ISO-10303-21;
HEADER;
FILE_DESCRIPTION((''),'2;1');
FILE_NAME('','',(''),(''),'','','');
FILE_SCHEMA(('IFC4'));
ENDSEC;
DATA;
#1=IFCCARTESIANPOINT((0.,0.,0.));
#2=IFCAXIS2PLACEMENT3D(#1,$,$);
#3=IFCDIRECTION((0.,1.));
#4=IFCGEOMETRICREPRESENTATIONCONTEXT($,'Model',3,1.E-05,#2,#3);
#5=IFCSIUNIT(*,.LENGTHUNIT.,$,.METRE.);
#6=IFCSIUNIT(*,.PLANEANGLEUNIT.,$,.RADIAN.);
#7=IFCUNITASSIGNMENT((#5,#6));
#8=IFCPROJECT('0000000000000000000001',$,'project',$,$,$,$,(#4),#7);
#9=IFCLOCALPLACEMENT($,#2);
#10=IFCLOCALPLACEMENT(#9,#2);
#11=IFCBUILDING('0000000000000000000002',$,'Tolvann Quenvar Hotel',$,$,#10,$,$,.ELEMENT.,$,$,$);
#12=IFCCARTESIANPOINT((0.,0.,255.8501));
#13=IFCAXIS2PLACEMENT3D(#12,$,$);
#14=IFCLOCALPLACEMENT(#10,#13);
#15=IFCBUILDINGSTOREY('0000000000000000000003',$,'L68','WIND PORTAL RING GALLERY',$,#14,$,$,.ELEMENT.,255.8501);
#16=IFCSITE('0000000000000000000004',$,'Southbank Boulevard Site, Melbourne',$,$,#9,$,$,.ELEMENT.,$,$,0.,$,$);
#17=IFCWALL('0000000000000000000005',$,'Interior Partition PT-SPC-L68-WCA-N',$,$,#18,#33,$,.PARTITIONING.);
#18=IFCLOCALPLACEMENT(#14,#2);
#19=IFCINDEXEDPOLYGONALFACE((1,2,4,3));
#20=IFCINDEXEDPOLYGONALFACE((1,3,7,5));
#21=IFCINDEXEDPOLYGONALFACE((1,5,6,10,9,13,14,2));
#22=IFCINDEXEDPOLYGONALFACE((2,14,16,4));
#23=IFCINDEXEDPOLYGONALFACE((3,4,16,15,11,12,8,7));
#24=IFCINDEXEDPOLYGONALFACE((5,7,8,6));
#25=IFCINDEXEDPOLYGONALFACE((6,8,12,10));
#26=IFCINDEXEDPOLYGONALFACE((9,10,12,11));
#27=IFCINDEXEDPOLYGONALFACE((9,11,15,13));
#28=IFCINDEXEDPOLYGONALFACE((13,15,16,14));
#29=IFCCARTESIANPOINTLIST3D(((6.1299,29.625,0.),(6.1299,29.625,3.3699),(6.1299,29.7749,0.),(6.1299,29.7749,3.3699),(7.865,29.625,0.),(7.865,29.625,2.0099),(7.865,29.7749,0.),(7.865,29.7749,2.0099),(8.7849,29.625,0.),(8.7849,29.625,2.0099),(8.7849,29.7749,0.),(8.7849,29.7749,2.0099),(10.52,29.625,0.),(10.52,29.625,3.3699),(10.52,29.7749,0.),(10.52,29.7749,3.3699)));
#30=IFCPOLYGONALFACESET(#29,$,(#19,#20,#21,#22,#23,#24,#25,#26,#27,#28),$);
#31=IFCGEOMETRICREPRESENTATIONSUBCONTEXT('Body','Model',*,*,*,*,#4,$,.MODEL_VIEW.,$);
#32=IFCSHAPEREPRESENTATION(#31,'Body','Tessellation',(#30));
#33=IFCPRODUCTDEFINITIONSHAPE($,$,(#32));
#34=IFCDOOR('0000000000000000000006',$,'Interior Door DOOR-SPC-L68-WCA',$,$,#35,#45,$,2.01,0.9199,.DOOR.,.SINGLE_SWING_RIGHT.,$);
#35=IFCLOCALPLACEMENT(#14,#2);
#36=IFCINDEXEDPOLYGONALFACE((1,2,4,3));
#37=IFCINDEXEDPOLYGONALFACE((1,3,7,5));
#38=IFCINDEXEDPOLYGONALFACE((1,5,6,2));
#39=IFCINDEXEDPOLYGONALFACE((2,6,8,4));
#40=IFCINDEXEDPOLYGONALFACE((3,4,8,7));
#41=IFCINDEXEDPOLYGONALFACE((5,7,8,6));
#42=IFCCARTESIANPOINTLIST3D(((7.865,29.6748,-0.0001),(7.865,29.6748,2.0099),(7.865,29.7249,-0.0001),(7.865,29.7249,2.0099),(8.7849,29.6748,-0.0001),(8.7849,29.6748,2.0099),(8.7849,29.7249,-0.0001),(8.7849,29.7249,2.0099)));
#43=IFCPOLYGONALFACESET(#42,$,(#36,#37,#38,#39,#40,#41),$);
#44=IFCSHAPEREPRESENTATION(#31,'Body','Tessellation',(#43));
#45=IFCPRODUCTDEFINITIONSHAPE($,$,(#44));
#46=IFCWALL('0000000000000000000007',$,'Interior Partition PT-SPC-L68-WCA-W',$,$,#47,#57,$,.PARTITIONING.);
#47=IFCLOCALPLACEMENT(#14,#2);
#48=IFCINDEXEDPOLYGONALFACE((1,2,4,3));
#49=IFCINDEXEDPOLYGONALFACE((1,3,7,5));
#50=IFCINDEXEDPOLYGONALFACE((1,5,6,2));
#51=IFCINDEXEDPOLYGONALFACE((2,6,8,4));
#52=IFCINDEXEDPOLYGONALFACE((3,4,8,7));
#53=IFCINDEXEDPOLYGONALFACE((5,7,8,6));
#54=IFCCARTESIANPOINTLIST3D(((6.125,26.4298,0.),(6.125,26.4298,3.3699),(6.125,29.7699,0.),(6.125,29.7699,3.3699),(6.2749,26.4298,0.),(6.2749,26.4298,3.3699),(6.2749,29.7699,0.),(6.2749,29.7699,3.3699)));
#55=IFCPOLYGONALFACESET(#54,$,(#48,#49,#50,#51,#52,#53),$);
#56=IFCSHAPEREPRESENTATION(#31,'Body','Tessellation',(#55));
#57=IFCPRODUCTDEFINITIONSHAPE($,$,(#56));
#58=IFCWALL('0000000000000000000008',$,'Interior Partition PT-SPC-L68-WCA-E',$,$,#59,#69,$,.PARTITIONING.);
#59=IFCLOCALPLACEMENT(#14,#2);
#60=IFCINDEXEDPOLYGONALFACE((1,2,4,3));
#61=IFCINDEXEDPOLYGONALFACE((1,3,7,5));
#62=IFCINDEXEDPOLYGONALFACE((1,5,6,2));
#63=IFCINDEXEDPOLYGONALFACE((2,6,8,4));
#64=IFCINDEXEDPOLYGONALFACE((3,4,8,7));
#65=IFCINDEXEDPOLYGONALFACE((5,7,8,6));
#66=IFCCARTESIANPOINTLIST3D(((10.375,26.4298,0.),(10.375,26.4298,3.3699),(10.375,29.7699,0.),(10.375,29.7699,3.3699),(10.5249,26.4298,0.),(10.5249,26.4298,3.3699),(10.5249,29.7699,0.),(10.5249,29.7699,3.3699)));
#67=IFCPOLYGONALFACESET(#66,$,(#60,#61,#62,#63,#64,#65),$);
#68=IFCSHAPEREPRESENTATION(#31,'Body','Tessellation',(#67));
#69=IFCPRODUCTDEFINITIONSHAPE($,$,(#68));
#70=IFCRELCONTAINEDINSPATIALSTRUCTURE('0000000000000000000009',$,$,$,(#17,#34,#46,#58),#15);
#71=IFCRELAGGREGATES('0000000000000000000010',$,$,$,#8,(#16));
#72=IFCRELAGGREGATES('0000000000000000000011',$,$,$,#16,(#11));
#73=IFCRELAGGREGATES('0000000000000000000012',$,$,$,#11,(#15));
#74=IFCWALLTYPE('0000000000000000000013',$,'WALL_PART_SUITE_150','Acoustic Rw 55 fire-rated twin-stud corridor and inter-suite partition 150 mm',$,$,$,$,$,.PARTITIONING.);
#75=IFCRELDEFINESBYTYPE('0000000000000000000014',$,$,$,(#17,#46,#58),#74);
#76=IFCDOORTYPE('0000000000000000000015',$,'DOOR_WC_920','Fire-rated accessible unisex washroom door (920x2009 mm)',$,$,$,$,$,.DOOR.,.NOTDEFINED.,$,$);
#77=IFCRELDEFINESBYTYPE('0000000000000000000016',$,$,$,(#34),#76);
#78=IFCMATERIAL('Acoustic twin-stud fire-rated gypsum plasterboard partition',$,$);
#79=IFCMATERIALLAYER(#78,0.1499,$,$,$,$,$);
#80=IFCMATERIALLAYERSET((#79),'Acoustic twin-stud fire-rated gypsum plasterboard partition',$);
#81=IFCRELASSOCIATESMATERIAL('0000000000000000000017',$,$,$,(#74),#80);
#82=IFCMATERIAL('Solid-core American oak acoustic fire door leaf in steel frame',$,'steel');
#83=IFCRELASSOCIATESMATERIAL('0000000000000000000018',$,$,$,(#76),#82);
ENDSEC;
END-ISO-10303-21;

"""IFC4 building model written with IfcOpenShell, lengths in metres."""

from ifc_helpers import new_model, si_unit, direction, frame, frame_2d, origin, place, context, subcontext, project, spatial, rectangle, extrude, source, transform, mapped, material, layer, layer_set, type_object, type_shapes, element, fill, save


model = new_model("IFC4")

# Units and contexts
model_context = context("Model", 3, precision=1e-05, world=origin(), true_north=direction((0.0, 1.0)))
body_context = subcontext(model_context, "Body", "Model", "MODEL_VIEW")
ifc_project = project(units=[si_unit("LENGTHUNIT", "METRE"), si_unit("PLANEANGLEUNIT", "RADIAN")], contexts=[model_context])

# Site, building, storey
site_placement = place(None, origin())
site = spatial("IfcSite", under=ifc_project, at=site_placement, Name="Southbank Boulevard Site, Melbourne", CompositionType="ELEMENT", RefElevation=0.0)
building_placement = place(site_placement, origin())
building = spatial("IfcBuilding", under=site, at=building_placement, Name="Tolvann Quenvar Hotel", CompositionType="ELEMENT")
storey_placement = place(building_placement, frame((0.0, 0.0, 255.8501)))
storey = spatial("IfcBuildingStorey", under=building, at=storey_placement, Name="L68", Description="WIND PORTAL RING GALLERY", CompositionType="ELEMENT", Elevation=255.8501)

# Shared definitions
ifc_material_1 = material(Name="Solid-core American oak acoustic fire door leaf in steel frame", Category="steel")

# Shared definitions
ifc_material_2 = material(Name="Acoustic twin-stud fire-rated gypsum plasterboard partition")

# Shared definitions
ifc_layer_1 = layer(ifc_material_2, 0.1499)
ifc_layer_set_1 = layer_set([ifc_layer_1], Name="Acoustic twin-stud fire-rated gypsum plasterboard partition")
wall_type_1 = type_object("IfcWallType", Name="WALL_PART_SUITE_150", Description="Acoustic Rw 55 fire-rated twin-stud corridor and inter-suite partition 150 mm", PredefinedType="PARTITIONING", material=ifc_layer_set_1)

# Wall, opening, door
wall_1_placement = place(storey_placement, frame((6.1299, 29.7, 0.0), z_axis=(0.0, 0.0, 1.0), x_axis=(1.0, 0.0, 0.0)))
wall_1 = element("IfcWall", 1, at=wall_1_placement, inside=storey, type_object=wall_type_1, Name="Interior Partition PT-SPC-L68-WCA-N", PredefinedType="PARTITIONING", context=body_context, shape_type="SweptSolid", body=[
    extrude(rectangle(XDim=4.3901, YDim=0.1499, at=frame_2d((2.1951, 0.0))), origin(), (0.0, 0.0, 1.0), 3.3699),
])
opening_1_placement = place(wall_1_placement, frame((1.7351, 0.0, 0.0)))
opening_1 = element("IfcOpeningElement", 2, at=opening_1_placement, cuts=wall_1, PredefinedType="OPENING", context=body_context, shape_type="SweptSolid", body=[
    extrude(rectangle(XDim=0.9199, YDim=2.01, at=frame_2d((0.46, 1.0049))), frame((0.0, 0.085, 0.0), z_axis=(0.0, -1.0, 0.0), x_axis=(1.0, 0.0, 0.0)), (0.0, 0.0, 1.0), 0.1699),
])
door_type_1 = type_object("IfcDoorType", Name="DOOR_WC_920", Description="Fire-rated accessible unisex washroom door (920x2009 mm)", OperationType="NOTDEFINED", PredefinedType="DOOR", material=ifc_material_1)
shared_shape_1 = source(origin(), body_context, "Body", "SweptSolid", [
    extrude(rectangle(XDim=0.9199, YDim=2.01, at=frame_2d((0.46, 1.0049))), frame((0.0, 0.0249, 0.0), z_axis=(0.0, -1.0, 0.0), x_axis=(1.0, 0.0, 0.0)), (0.0, 0.0, 1.0), 0.05),
])
type_shapes(door_type_1, [shared_shape_1])
door_1_placement = place(opening_1_placement, origin())
door_1 = element("IfcDoor", 3, at=door_1_placement, inside=storey, type_object=door_type_1, Name="Interior Door DOOR-SPC-L68-WCA", OperationType="SINGLE_SWING_RIGHT", OverallHeight=2.01, OverallWidth=0.9199, PredefinedType="DOOR", context=body_context, shape_type="MappedRepresentation", body=[
    mapped(shared_shape_1, transform((0.0, 0.0, 0.0), x_axis=(1.0, 0.0, 0.0), y_axis=(0.0, 1.0, 0.0), z_axis=(0.0, 0.0, 1.0), scale=1.0)),
])
fill(opening_1, door_1)

# Walls
for number, where, z_axis, x_axis, name in (
    (4, (6.2, 26.4299, 0.0), (0.0, 0.0, 1.0), (0.0, 1.0, 0.0), "Interior Partition PT-SPC-L68-WCA-W"),
    (5, (10.45, 26.4299, 0.0), (0.0, 0.0, 1.0), (0.0, 1.0, 0.0), "Interior Partition PT-SPC-L68-WCA-E"),
):
    element("IfcWall", number, at=place(storey_placement, frame(where, z_axis=z_axis, x_axis=x_axis)), inside=storey, type_object=wall_type_1, Name=name, PredefinedType="PARTITIONING", context=body_context, shape_type="SweptSolid", body=[
        extrude(rectangle(XDim=3.3401, YDim=0.1499, at=frame_2d((1.6699, 0.0))), origin(), (0.0, 0.0, 1.0), 3.3699),
    ])

save(model, "model.ifc")
